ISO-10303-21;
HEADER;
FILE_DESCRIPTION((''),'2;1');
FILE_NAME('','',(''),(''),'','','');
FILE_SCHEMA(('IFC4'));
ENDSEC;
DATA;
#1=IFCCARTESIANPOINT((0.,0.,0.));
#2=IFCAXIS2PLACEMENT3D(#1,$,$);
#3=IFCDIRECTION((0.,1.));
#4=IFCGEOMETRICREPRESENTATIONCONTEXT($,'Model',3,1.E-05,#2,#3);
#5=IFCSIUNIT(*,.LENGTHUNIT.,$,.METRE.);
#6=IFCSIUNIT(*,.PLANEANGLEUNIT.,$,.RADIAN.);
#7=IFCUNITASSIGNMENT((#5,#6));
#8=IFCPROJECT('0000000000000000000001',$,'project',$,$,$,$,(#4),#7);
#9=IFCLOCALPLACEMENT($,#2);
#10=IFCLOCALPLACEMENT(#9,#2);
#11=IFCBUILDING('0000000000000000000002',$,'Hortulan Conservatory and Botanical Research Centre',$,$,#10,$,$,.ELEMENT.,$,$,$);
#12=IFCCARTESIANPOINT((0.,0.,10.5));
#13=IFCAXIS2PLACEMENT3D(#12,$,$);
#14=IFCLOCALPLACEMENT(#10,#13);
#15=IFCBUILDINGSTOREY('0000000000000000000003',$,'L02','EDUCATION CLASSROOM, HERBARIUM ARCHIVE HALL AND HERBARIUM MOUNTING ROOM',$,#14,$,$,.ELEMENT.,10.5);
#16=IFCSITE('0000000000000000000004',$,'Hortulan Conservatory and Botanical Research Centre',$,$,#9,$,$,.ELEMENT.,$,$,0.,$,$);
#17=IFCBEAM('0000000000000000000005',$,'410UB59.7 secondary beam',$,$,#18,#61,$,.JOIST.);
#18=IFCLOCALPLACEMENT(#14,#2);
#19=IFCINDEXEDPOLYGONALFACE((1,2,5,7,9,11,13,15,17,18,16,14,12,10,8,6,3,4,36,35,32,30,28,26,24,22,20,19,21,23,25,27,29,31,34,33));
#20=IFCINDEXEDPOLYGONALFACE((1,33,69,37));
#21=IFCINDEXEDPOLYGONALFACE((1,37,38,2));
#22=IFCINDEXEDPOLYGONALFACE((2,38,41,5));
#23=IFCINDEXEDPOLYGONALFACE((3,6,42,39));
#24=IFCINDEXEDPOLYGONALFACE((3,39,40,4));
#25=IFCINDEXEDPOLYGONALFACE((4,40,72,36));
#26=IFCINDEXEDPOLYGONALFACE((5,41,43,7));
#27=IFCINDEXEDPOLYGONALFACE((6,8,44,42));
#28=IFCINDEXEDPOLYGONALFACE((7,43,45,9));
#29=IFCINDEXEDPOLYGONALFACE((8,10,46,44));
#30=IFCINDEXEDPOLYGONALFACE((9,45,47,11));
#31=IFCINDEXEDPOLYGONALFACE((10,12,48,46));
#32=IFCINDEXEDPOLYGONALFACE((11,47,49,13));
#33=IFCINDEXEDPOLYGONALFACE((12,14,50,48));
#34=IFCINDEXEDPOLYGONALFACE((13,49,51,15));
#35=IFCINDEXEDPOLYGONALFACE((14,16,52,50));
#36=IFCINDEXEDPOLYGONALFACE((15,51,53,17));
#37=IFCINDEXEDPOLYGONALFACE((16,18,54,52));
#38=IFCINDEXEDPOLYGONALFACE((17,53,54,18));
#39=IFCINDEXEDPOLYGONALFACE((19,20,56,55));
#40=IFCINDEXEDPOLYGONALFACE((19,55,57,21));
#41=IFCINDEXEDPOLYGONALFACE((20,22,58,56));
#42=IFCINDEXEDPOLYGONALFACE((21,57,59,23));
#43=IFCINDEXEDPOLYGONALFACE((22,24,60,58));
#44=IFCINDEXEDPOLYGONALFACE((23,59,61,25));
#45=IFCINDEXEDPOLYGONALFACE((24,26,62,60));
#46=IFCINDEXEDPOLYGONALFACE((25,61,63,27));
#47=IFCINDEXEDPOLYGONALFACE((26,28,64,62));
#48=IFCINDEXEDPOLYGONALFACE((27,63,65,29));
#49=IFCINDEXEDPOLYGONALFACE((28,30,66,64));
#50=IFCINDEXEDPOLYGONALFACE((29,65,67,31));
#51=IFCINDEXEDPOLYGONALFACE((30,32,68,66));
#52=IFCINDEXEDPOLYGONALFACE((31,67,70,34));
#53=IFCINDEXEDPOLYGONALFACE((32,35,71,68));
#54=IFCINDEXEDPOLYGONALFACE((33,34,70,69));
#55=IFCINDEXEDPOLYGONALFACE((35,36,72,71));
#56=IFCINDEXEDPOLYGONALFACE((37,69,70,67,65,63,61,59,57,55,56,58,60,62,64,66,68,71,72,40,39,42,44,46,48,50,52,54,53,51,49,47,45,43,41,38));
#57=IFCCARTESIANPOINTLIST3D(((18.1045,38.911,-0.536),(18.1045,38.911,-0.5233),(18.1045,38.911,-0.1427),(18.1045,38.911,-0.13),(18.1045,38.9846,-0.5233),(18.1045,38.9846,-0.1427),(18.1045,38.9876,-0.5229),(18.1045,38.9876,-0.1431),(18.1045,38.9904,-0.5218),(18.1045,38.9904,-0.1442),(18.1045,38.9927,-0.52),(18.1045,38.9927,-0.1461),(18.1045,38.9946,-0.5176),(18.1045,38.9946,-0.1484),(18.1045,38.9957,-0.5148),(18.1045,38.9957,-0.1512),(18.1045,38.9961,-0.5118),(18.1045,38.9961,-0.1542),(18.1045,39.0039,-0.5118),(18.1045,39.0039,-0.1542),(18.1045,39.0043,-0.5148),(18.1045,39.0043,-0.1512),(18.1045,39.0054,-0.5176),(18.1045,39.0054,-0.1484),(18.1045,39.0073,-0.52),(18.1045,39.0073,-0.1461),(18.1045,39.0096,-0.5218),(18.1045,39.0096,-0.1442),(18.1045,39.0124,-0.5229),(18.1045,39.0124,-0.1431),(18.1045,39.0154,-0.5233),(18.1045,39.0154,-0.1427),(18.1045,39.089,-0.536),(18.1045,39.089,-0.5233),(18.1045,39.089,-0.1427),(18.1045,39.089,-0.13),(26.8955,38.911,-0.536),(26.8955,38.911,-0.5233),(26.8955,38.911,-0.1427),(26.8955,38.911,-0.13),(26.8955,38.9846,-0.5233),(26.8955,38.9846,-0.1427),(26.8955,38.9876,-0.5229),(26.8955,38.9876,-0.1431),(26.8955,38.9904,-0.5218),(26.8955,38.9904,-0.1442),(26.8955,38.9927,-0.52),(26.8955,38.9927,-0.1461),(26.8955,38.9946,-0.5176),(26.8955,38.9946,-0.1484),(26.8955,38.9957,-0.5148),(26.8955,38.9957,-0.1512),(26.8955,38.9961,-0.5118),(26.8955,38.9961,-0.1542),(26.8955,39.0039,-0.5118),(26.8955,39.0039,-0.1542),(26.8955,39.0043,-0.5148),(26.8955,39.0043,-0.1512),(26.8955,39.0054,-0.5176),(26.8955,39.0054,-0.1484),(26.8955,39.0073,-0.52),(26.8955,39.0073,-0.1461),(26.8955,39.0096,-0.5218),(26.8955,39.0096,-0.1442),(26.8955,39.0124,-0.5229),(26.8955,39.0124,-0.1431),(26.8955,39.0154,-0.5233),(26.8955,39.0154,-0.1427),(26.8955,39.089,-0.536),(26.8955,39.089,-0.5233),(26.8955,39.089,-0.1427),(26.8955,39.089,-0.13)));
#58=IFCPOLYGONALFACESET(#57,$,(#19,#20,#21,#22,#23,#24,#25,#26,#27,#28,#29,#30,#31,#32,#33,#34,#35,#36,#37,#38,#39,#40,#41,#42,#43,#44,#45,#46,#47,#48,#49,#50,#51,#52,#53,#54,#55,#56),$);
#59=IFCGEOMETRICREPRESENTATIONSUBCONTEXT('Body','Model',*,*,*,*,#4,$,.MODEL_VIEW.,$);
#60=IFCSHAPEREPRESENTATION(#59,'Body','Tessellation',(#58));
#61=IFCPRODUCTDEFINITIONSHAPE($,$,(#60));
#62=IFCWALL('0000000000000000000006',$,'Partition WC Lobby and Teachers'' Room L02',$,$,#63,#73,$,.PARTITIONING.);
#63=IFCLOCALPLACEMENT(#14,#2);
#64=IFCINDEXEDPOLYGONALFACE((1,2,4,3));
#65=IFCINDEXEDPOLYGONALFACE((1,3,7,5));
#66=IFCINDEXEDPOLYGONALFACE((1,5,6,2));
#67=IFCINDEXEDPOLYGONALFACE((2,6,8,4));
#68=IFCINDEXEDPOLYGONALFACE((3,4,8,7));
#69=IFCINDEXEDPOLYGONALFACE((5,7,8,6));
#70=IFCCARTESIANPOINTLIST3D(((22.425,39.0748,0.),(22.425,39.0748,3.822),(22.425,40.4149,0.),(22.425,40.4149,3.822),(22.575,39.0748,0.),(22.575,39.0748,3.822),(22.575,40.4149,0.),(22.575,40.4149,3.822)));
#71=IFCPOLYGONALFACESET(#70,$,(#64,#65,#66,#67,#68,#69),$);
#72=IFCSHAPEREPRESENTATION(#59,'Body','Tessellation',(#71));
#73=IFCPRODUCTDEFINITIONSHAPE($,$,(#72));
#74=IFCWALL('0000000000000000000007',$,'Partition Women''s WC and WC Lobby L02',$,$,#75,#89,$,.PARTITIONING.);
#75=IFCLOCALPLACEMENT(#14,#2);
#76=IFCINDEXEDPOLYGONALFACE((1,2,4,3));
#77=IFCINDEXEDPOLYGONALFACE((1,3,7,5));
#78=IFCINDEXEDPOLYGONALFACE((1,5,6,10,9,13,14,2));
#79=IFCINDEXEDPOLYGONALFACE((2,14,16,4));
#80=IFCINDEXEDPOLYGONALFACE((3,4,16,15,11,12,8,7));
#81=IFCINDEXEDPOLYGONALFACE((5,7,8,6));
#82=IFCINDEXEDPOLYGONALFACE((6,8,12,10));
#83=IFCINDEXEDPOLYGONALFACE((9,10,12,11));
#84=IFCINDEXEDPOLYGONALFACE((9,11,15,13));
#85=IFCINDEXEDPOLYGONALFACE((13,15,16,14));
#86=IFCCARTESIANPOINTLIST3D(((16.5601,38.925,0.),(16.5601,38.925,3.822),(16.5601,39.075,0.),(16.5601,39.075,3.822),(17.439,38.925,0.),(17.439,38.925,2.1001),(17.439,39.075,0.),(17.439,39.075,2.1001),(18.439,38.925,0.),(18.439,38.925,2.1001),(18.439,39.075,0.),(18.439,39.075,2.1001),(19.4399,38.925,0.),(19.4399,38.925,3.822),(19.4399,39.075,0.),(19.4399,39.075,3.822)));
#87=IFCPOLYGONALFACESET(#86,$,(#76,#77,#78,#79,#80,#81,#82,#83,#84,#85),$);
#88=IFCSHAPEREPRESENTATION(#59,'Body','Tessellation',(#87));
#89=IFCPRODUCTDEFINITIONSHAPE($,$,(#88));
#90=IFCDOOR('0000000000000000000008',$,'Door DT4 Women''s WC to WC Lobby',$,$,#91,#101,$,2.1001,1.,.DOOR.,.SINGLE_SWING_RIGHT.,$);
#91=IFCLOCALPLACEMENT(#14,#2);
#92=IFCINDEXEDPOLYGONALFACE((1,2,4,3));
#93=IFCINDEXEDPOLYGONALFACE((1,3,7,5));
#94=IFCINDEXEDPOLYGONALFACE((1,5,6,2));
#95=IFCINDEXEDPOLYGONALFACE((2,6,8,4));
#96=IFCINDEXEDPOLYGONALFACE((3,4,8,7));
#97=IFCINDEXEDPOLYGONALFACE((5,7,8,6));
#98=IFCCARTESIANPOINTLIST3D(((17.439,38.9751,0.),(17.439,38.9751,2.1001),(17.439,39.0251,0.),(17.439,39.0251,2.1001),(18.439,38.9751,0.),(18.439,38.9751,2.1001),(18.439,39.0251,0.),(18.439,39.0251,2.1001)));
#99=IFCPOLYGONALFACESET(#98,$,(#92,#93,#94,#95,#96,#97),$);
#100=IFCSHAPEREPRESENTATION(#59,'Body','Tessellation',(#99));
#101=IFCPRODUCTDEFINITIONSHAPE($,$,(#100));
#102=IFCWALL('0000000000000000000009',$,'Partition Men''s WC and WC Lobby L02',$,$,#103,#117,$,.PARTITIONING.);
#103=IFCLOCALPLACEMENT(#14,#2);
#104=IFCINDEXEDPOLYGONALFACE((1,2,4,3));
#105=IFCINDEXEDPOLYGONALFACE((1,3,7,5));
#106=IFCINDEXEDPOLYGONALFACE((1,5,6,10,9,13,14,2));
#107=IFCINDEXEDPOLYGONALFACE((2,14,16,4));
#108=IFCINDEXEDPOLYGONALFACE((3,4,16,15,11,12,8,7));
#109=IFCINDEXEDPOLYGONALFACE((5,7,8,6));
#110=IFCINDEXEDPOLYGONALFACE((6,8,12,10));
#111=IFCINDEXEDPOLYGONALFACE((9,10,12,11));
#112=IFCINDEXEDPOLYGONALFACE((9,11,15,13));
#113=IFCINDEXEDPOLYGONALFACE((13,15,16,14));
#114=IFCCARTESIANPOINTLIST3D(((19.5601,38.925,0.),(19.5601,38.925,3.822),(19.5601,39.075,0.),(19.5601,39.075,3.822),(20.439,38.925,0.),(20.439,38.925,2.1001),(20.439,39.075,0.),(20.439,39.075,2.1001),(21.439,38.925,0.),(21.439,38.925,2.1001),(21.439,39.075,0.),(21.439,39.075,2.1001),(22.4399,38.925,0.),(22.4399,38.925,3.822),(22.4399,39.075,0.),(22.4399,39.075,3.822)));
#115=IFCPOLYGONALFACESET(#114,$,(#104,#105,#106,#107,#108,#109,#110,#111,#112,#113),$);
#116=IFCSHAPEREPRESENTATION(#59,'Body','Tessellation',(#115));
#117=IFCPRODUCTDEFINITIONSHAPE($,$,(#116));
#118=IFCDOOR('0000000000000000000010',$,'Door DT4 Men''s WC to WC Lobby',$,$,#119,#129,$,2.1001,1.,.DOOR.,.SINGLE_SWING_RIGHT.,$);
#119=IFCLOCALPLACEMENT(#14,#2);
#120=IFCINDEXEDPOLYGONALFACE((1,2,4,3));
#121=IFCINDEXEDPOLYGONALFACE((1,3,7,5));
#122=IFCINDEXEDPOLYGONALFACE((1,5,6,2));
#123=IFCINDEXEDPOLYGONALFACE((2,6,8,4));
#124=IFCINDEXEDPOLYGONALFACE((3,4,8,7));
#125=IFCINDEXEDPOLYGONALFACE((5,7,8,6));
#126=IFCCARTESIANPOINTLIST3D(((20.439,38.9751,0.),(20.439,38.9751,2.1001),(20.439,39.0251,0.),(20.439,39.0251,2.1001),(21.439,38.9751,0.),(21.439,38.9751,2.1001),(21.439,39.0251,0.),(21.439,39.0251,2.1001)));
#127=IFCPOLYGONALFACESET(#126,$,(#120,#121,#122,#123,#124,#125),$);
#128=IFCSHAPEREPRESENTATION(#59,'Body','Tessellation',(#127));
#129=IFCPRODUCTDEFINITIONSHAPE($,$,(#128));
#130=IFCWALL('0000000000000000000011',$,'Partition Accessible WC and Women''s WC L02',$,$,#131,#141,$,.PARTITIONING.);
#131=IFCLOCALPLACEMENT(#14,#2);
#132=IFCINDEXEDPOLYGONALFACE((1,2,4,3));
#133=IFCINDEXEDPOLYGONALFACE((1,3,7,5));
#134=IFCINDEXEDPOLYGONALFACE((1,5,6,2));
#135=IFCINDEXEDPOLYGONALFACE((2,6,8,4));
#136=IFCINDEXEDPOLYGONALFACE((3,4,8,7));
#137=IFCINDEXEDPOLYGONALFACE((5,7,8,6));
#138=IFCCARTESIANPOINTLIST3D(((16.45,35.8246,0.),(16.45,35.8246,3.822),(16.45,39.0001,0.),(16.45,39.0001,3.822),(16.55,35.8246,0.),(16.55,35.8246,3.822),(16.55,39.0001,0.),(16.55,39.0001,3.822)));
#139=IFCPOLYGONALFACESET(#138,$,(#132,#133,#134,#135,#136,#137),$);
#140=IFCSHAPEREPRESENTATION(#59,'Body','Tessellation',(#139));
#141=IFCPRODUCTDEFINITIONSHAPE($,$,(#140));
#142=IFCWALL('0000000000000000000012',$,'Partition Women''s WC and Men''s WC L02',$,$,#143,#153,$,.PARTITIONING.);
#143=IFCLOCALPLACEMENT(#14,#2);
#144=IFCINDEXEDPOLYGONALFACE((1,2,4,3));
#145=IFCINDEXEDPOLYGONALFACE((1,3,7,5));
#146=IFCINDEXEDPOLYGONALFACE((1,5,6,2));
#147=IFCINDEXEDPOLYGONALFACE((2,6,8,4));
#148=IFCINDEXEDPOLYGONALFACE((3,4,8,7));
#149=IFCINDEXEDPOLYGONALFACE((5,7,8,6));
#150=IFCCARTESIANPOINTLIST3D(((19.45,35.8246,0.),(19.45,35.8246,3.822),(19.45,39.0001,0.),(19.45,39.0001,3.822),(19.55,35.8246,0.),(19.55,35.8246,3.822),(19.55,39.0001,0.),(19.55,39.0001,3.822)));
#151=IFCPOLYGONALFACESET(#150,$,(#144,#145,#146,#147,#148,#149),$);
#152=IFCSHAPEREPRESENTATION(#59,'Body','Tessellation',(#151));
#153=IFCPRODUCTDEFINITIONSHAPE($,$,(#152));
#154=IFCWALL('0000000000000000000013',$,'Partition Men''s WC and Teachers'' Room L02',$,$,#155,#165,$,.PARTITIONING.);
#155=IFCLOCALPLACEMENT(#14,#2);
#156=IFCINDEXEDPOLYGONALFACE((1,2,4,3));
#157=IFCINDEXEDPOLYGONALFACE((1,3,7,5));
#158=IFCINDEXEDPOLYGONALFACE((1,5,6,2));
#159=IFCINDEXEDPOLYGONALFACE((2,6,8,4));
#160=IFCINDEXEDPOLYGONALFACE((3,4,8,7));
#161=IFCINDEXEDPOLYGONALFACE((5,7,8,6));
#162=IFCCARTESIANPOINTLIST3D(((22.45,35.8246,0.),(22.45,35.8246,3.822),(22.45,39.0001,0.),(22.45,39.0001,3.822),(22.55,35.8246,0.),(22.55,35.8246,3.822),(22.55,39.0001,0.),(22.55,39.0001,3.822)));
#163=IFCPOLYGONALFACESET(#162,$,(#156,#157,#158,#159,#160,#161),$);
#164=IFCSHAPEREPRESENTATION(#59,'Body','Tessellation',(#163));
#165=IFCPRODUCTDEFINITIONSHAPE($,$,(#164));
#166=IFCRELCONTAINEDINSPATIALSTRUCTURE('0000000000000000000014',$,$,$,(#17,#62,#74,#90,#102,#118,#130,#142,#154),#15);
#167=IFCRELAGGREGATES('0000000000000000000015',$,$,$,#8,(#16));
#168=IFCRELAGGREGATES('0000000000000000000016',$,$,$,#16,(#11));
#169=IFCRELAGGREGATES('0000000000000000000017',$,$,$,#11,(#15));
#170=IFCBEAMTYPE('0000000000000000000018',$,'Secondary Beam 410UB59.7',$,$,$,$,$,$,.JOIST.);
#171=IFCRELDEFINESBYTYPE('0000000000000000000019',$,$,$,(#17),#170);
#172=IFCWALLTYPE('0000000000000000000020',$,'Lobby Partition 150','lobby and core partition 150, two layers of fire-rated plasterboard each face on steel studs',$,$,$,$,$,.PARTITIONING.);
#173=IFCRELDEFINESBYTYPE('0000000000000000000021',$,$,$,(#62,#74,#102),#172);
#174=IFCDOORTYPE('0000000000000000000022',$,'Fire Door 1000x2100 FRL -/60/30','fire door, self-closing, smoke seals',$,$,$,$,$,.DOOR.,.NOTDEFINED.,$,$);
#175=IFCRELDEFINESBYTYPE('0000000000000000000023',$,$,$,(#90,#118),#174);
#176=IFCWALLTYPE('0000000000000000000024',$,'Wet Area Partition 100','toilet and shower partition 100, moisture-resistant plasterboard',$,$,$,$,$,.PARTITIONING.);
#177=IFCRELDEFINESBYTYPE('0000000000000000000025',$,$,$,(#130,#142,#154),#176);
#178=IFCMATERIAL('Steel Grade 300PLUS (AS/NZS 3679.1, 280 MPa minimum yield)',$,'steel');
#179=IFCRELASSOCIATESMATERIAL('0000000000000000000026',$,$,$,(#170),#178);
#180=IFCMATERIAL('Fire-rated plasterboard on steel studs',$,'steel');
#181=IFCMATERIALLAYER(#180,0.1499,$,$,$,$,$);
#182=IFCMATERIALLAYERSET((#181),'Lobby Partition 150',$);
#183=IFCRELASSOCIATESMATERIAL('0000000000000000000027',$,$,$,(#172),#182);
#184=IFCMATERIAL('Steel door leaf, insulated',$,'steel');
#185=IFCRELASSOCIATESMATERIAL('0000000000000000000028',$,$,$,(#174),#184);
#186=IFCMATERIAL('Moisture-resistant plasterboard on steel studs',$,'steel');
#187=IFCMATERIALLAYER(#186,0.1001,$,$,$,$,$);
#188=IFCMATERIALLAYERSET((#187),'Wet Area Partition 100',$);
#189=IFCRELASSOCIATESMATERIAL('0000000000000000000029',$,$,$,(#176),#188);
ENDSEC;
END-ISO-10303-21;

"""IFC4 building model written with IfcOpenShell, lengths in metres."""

from ifc_helpers import new_model, si_unit, direction, frame, frame_2d, origin, origin_2d, place, context, subcontext, project, spatial, rectangle, i_section, extrude, material, layer, layer_set, material_profile, profile_set, type_object, element, fill, save


model = new_model("IFC4")

# Units and contexts
model_context = context("Model", 3, precision=1e-05, world=origin(), true_north=direction((0.0, 1.0)))
body_context = subcontext(model_context, "Body", "Model", "MODEL_VIEW")
ifc_project = project(units=[si_unit("LENGTHUNIT", "METRE"), si_unit("PLANEANGLEUNIT", "RADIAN")], contexts=[model_context])

# Site, building, storey
site_placement = place(None, origin())
site = spatial("IfcSite", under=ifc_project, at=site_placement, Name="Hortulan Conservatory and Botanical Research Centre", CompositionType="ELEMENT", RefElevation=0.0)
building_placement = place(site_placement, origin())
building = spatial("IfcBuilding", under=site, at=building_placement, Name="Hortulan Conservatory and Botanical Research Centre", CompositionType="ELEMENT")
storey_placement = place(building_placement, frame((0.0, 0.0, 10.5)))
storey = spatial("IfcBuildingStorey", under=building, at=storey_placement, Name="L02", Description="EDUCATION CLASSROOM, HERBARIUM ARCHIVE HALL AND HERBARIUM MOUNTING ROOM", CompositionType="ELEMENT", Elevation=10.5)

# Shared definitions
ifc_material_1 = material(Name="Steel Grade 300PLUS (AS/NZS 3679.1, 280 MPa minimum yield)", Category="steel")

# Beam
ifc_material_profile_1 = material_profile(ifc_material_1, i_section(OverallWidth=0.178, OverallDepth=0.406, WebThickness=0.0078, FlangeThickness=0.0127, FilletRadius=0.0115, at=origin_2d()), Name="410UB59.7")
ifc_profile_set_1 = profile_set([ifc_material_profile_1], Name="Steel Grade 300PLUS (AS/NZS 3679.1, 280 MPa minimum yield)")
beam_type_1 = type_object("IfcBeamType", Name="Secondary Beam 410UB59.7", PredefinedType="JOIST", material=ifc_profile_set_1)
beam_1_placement = place(storey_placement, frame((18.1045, 39.0, -0.333), z_axis=(1.0, 0.0, 0.0), x_axis=(0.0, 1.0, 0.0)))
element("IfcBeam", 1, at=beam_1_placement, inside=storey, type_object=beam_type_1, Name="410UB59.7 secondary beam", PredefinedType="JOIST", context=body_context, shape_type="SweptSolid", body=[
    extrude(i_section(OverallWidth=0.178, OverallDepth=0.406, WebThickness=0.0078, FlangeThickness=0.0127, FilletRadius=0.0115, at=origin_2d()), origin(), (0.0, 0.0, 1.0), 8.791),
])

# Wall
ifc_material_2 = material(Name="Fire-rated plasterboard on steel studs", Category="steel")
ifc_layer_1 = layer(ifc_material_2, 0.1499)
ifc_layer_set_1 = layer_set([ifc_layer_1], Name="Lobby Partition 150")
wall_type_1 = type_object("IfcWallType", Name="Lobby Partition 150", Description="lobby and core partition 150, two layers of fire-rated plasterboard each face on steel studs", PredefinedType="PARTITIONING", material=ifc_layer_set_1)
wall_1_placement = place(storey_placement, frame((22.5, 39.075, 0.0), z_axis=(0.0, 0.0, 1.0), x_axis=(0.0, 1.0, 0.0)))
element("IfcWall", 2, at=wall_1_placement, inside=storey, type_object=wall_type_1, Name="Partition WC Lobby and Teachers' Room L02", PredefinedType="PARTITIONING", context=body_context, shape_type="SweptSolid", body=[
    extrude(rectangle(XDim=1.3401, YDim=0.1499, at=frame_2d((0.6699, 0.0))), origin(), (0.0, 0.0, 1.0), 3.822),
])

# Walls, openings, doors
wall_2_placement = place(storey_placement, frame((16.5601, 39.0, 0.0), z_axis=(0.0, 0.0, 1.0), x_axis=(1.0, 0.0, 0.0)))
wall_2 = element("IfcWall", 3, at=wall_2_placement, inside=storey, type_object=wall_type_1, Name="Partition Women's WC and WC Lobby L02", PredefinedType="PARTITIONING", context=body_context, shape_type="SweptSolid", body=[
    extrude(rectangle(XDim=2.8799, YDim=0.1499, at=frame_2d((1.4399, 0.0))), origin(), (0.0, 0.0, 1.0), 3.822),
])
opening_1_placement = place(wall_2_placement, frame((0.8789, 0.0, 0.0)))
opening_1 = element("IfcOpeningElement", 4, at=opening_1_placement, cuts=wall_2, PredefinedType="OPENING", context=body_context, shape_type="SweptSolid", body=[
    extrude(rectangle(XDim=1.0, YDim=2.1001, at=frame_2d((0.5, 1.05))), frame((0.0, 0.085, 0.0), z_axis=(0.0, -1.0, 0.0), x_axis=(1.0, 0.0, 0.0)), (0.0, 0.0, 1.0), 0.1699),
])
ifc_material_3 = material(Name="Steel door leaf, insulated", Category="steel")
door_type = type_object("IfcDoorType", Name="Fire Door 1000x2100 FRL -/60/30", Description="fire door, self-closing, smoke seals", OperationType="NOTDEFINED", PredefinedType="DOOR", material=ifc_material_3)
door_1_placement = place(opening_1_placement, frame((1.0, 0.0, 0.0), z_axis=(0.0, 0.0, 1.0), x_axis=(-1.0, 0.0, 0.0)))
door_1 = element("IfcDoor", 5, at=door_1_placement, inside=storey, type_object=door_type, Name="Door DT4 Women's WC to WC Lobby", OperationType="SINGLE_SWING_RIGHT", OverallHeight=2.1001, OverallWidth=1.0, PredefinedType="DOOR", context=body_context, shape_type="SweptSolid", body=[
    extrude(rectangle(XDim=1.0, YDim=2.1001, at=frame_2d((0.5, 1.05))), frame((0.0, 0.0249, 0.0), z_axis=(0.0, -1.0, 0.0), x_axis=(1.0, 0.0, 0.0)), (0.0, 0.0, 1.0), 0.05),
])
fill(opening_1, door_1)
wall_3_placement = place(storey_placement, frame((19.5601, 39.0, 0.0), z_axis=(0.0, 0.0, 1.0), x_axis=(1.0, 0.0, 0.0)))
wall_3 = element("IfcWall", 6, at=wall_3_placement, inside=storey, type_object=wall_type_1, Name="Partition Men's WC and WC Lobby L02", PredefinedType="PARTITIONING", context=body_context, shape_type="SweptSolid", body=[
    extrude(rectangle(XDim=2.8799, YDim=0.1499, at=frame_2d((1.4399, 0.0))), origin(), (0.0, 0.0, 1.0), 3.822),
])
opening_2_placement = place(wall_3_placement, frame((0.8789, 0.0, 0.0)))
opening_2 = element("IfcOpeningElement", 7, at=opening_2_placement, cuts=wall_3, PredefinedType="OPENING", context=body_context, shape_type="SweptSolid", body=[
    extrude(rectangle(XDim=1.0, YDim=2.1001, at=frame_2d((0.5, 1.05))), frame((0.0, 0.085, 0.0), z_axis=(0.0, -1.0, 0.0), x_axis=(1.0, 0.0, 0.0)), (0.0, 0.0, 1.0), 0.1699),
])
door_2_placement = place(opening_2_placement, frame((1.0, 0.0, 0.0), z_axis=(0.0, 0.0, 1.0), x_axis=(-1.0, 0.0, 0.0)))
door_2 = element("IfcDoor", 8, at=door_2_placement, inside=storey, type_object=door_type, Name="Door DT4 Men's WC to WC Lobby", OperationType="SINGLE_SWING_RIGHT", OverallHeight=2.1001, OverallWidth=1.0, PredefinedType="DOOR", context=body_context, shape_type="SweptSolid", body=[
    extrude(rectangle(XDim=1.0, YDim=2.1001, at=frame_2d((0.5, 1.05))), frame((0.0, 0.0249, 0.0), z_axis=(0.0, -1.0, 0.0), x_axis=(1.0, 0.0, 0.0)), (0.0, 0.0, 1.0), 0.05),
])
fill(opening_2, door_2)

# Walls
ifc_material_4 = material(Name="Moisture-resistant plasterboard on steel studs", Category="steel")
ifc_layer_2 = layer(ifc_material_4, 0.1001)
ifc_layer_set_2 = layer_set([ifc_layer_2], Name="Wet Area Partition 100")
wall_type_2 = type_object("IfcWallType", Name="Wet Area Partition 100", Description="toilet and shower partition 100, moisture-resistant plasterboard", PredefinedType="PARTITIONING", material=ifc_layer_set_2)
for number, where, z_axis, x_axis, name in (
    (9, (16.5, 35.8245, 0.0), (0.0, 0.0, 1.0), (0.0, 1.0, 0.0), "Partition Accessible WC and Women's WC L02"),
    (10, (19.5, 35.8245, 0.0), (0.0, 0.0, 1.0), (0.0, 1.0, 0.0), "Partition Women's WC and Men's WC L02"),
    (11, (22.5, 35.8245, 0.0), (0.0, 0.0, 1.0), (0.0, 1.0, 0.0), "Partition Men's WC and Teachers' Room L02"),
):
    element("IfcWall", number, at=place(storey_placement, frame(where, z_axis=z_axis, x_axis=x_axis)), inside=storey, type_object=wall_type_2, Name=name, PredefinedType="PARTITIONING", context=body_context, shape_type="SweptSolid", body=[
        extrude(rectangle(XDim=3.1755, YDim=0.1001, at=frame_2d((1.5879, 0.0))), origin(), (0.0, 0.0, 1.0), 3.822),
    ])

save(model, "model.ifc")
